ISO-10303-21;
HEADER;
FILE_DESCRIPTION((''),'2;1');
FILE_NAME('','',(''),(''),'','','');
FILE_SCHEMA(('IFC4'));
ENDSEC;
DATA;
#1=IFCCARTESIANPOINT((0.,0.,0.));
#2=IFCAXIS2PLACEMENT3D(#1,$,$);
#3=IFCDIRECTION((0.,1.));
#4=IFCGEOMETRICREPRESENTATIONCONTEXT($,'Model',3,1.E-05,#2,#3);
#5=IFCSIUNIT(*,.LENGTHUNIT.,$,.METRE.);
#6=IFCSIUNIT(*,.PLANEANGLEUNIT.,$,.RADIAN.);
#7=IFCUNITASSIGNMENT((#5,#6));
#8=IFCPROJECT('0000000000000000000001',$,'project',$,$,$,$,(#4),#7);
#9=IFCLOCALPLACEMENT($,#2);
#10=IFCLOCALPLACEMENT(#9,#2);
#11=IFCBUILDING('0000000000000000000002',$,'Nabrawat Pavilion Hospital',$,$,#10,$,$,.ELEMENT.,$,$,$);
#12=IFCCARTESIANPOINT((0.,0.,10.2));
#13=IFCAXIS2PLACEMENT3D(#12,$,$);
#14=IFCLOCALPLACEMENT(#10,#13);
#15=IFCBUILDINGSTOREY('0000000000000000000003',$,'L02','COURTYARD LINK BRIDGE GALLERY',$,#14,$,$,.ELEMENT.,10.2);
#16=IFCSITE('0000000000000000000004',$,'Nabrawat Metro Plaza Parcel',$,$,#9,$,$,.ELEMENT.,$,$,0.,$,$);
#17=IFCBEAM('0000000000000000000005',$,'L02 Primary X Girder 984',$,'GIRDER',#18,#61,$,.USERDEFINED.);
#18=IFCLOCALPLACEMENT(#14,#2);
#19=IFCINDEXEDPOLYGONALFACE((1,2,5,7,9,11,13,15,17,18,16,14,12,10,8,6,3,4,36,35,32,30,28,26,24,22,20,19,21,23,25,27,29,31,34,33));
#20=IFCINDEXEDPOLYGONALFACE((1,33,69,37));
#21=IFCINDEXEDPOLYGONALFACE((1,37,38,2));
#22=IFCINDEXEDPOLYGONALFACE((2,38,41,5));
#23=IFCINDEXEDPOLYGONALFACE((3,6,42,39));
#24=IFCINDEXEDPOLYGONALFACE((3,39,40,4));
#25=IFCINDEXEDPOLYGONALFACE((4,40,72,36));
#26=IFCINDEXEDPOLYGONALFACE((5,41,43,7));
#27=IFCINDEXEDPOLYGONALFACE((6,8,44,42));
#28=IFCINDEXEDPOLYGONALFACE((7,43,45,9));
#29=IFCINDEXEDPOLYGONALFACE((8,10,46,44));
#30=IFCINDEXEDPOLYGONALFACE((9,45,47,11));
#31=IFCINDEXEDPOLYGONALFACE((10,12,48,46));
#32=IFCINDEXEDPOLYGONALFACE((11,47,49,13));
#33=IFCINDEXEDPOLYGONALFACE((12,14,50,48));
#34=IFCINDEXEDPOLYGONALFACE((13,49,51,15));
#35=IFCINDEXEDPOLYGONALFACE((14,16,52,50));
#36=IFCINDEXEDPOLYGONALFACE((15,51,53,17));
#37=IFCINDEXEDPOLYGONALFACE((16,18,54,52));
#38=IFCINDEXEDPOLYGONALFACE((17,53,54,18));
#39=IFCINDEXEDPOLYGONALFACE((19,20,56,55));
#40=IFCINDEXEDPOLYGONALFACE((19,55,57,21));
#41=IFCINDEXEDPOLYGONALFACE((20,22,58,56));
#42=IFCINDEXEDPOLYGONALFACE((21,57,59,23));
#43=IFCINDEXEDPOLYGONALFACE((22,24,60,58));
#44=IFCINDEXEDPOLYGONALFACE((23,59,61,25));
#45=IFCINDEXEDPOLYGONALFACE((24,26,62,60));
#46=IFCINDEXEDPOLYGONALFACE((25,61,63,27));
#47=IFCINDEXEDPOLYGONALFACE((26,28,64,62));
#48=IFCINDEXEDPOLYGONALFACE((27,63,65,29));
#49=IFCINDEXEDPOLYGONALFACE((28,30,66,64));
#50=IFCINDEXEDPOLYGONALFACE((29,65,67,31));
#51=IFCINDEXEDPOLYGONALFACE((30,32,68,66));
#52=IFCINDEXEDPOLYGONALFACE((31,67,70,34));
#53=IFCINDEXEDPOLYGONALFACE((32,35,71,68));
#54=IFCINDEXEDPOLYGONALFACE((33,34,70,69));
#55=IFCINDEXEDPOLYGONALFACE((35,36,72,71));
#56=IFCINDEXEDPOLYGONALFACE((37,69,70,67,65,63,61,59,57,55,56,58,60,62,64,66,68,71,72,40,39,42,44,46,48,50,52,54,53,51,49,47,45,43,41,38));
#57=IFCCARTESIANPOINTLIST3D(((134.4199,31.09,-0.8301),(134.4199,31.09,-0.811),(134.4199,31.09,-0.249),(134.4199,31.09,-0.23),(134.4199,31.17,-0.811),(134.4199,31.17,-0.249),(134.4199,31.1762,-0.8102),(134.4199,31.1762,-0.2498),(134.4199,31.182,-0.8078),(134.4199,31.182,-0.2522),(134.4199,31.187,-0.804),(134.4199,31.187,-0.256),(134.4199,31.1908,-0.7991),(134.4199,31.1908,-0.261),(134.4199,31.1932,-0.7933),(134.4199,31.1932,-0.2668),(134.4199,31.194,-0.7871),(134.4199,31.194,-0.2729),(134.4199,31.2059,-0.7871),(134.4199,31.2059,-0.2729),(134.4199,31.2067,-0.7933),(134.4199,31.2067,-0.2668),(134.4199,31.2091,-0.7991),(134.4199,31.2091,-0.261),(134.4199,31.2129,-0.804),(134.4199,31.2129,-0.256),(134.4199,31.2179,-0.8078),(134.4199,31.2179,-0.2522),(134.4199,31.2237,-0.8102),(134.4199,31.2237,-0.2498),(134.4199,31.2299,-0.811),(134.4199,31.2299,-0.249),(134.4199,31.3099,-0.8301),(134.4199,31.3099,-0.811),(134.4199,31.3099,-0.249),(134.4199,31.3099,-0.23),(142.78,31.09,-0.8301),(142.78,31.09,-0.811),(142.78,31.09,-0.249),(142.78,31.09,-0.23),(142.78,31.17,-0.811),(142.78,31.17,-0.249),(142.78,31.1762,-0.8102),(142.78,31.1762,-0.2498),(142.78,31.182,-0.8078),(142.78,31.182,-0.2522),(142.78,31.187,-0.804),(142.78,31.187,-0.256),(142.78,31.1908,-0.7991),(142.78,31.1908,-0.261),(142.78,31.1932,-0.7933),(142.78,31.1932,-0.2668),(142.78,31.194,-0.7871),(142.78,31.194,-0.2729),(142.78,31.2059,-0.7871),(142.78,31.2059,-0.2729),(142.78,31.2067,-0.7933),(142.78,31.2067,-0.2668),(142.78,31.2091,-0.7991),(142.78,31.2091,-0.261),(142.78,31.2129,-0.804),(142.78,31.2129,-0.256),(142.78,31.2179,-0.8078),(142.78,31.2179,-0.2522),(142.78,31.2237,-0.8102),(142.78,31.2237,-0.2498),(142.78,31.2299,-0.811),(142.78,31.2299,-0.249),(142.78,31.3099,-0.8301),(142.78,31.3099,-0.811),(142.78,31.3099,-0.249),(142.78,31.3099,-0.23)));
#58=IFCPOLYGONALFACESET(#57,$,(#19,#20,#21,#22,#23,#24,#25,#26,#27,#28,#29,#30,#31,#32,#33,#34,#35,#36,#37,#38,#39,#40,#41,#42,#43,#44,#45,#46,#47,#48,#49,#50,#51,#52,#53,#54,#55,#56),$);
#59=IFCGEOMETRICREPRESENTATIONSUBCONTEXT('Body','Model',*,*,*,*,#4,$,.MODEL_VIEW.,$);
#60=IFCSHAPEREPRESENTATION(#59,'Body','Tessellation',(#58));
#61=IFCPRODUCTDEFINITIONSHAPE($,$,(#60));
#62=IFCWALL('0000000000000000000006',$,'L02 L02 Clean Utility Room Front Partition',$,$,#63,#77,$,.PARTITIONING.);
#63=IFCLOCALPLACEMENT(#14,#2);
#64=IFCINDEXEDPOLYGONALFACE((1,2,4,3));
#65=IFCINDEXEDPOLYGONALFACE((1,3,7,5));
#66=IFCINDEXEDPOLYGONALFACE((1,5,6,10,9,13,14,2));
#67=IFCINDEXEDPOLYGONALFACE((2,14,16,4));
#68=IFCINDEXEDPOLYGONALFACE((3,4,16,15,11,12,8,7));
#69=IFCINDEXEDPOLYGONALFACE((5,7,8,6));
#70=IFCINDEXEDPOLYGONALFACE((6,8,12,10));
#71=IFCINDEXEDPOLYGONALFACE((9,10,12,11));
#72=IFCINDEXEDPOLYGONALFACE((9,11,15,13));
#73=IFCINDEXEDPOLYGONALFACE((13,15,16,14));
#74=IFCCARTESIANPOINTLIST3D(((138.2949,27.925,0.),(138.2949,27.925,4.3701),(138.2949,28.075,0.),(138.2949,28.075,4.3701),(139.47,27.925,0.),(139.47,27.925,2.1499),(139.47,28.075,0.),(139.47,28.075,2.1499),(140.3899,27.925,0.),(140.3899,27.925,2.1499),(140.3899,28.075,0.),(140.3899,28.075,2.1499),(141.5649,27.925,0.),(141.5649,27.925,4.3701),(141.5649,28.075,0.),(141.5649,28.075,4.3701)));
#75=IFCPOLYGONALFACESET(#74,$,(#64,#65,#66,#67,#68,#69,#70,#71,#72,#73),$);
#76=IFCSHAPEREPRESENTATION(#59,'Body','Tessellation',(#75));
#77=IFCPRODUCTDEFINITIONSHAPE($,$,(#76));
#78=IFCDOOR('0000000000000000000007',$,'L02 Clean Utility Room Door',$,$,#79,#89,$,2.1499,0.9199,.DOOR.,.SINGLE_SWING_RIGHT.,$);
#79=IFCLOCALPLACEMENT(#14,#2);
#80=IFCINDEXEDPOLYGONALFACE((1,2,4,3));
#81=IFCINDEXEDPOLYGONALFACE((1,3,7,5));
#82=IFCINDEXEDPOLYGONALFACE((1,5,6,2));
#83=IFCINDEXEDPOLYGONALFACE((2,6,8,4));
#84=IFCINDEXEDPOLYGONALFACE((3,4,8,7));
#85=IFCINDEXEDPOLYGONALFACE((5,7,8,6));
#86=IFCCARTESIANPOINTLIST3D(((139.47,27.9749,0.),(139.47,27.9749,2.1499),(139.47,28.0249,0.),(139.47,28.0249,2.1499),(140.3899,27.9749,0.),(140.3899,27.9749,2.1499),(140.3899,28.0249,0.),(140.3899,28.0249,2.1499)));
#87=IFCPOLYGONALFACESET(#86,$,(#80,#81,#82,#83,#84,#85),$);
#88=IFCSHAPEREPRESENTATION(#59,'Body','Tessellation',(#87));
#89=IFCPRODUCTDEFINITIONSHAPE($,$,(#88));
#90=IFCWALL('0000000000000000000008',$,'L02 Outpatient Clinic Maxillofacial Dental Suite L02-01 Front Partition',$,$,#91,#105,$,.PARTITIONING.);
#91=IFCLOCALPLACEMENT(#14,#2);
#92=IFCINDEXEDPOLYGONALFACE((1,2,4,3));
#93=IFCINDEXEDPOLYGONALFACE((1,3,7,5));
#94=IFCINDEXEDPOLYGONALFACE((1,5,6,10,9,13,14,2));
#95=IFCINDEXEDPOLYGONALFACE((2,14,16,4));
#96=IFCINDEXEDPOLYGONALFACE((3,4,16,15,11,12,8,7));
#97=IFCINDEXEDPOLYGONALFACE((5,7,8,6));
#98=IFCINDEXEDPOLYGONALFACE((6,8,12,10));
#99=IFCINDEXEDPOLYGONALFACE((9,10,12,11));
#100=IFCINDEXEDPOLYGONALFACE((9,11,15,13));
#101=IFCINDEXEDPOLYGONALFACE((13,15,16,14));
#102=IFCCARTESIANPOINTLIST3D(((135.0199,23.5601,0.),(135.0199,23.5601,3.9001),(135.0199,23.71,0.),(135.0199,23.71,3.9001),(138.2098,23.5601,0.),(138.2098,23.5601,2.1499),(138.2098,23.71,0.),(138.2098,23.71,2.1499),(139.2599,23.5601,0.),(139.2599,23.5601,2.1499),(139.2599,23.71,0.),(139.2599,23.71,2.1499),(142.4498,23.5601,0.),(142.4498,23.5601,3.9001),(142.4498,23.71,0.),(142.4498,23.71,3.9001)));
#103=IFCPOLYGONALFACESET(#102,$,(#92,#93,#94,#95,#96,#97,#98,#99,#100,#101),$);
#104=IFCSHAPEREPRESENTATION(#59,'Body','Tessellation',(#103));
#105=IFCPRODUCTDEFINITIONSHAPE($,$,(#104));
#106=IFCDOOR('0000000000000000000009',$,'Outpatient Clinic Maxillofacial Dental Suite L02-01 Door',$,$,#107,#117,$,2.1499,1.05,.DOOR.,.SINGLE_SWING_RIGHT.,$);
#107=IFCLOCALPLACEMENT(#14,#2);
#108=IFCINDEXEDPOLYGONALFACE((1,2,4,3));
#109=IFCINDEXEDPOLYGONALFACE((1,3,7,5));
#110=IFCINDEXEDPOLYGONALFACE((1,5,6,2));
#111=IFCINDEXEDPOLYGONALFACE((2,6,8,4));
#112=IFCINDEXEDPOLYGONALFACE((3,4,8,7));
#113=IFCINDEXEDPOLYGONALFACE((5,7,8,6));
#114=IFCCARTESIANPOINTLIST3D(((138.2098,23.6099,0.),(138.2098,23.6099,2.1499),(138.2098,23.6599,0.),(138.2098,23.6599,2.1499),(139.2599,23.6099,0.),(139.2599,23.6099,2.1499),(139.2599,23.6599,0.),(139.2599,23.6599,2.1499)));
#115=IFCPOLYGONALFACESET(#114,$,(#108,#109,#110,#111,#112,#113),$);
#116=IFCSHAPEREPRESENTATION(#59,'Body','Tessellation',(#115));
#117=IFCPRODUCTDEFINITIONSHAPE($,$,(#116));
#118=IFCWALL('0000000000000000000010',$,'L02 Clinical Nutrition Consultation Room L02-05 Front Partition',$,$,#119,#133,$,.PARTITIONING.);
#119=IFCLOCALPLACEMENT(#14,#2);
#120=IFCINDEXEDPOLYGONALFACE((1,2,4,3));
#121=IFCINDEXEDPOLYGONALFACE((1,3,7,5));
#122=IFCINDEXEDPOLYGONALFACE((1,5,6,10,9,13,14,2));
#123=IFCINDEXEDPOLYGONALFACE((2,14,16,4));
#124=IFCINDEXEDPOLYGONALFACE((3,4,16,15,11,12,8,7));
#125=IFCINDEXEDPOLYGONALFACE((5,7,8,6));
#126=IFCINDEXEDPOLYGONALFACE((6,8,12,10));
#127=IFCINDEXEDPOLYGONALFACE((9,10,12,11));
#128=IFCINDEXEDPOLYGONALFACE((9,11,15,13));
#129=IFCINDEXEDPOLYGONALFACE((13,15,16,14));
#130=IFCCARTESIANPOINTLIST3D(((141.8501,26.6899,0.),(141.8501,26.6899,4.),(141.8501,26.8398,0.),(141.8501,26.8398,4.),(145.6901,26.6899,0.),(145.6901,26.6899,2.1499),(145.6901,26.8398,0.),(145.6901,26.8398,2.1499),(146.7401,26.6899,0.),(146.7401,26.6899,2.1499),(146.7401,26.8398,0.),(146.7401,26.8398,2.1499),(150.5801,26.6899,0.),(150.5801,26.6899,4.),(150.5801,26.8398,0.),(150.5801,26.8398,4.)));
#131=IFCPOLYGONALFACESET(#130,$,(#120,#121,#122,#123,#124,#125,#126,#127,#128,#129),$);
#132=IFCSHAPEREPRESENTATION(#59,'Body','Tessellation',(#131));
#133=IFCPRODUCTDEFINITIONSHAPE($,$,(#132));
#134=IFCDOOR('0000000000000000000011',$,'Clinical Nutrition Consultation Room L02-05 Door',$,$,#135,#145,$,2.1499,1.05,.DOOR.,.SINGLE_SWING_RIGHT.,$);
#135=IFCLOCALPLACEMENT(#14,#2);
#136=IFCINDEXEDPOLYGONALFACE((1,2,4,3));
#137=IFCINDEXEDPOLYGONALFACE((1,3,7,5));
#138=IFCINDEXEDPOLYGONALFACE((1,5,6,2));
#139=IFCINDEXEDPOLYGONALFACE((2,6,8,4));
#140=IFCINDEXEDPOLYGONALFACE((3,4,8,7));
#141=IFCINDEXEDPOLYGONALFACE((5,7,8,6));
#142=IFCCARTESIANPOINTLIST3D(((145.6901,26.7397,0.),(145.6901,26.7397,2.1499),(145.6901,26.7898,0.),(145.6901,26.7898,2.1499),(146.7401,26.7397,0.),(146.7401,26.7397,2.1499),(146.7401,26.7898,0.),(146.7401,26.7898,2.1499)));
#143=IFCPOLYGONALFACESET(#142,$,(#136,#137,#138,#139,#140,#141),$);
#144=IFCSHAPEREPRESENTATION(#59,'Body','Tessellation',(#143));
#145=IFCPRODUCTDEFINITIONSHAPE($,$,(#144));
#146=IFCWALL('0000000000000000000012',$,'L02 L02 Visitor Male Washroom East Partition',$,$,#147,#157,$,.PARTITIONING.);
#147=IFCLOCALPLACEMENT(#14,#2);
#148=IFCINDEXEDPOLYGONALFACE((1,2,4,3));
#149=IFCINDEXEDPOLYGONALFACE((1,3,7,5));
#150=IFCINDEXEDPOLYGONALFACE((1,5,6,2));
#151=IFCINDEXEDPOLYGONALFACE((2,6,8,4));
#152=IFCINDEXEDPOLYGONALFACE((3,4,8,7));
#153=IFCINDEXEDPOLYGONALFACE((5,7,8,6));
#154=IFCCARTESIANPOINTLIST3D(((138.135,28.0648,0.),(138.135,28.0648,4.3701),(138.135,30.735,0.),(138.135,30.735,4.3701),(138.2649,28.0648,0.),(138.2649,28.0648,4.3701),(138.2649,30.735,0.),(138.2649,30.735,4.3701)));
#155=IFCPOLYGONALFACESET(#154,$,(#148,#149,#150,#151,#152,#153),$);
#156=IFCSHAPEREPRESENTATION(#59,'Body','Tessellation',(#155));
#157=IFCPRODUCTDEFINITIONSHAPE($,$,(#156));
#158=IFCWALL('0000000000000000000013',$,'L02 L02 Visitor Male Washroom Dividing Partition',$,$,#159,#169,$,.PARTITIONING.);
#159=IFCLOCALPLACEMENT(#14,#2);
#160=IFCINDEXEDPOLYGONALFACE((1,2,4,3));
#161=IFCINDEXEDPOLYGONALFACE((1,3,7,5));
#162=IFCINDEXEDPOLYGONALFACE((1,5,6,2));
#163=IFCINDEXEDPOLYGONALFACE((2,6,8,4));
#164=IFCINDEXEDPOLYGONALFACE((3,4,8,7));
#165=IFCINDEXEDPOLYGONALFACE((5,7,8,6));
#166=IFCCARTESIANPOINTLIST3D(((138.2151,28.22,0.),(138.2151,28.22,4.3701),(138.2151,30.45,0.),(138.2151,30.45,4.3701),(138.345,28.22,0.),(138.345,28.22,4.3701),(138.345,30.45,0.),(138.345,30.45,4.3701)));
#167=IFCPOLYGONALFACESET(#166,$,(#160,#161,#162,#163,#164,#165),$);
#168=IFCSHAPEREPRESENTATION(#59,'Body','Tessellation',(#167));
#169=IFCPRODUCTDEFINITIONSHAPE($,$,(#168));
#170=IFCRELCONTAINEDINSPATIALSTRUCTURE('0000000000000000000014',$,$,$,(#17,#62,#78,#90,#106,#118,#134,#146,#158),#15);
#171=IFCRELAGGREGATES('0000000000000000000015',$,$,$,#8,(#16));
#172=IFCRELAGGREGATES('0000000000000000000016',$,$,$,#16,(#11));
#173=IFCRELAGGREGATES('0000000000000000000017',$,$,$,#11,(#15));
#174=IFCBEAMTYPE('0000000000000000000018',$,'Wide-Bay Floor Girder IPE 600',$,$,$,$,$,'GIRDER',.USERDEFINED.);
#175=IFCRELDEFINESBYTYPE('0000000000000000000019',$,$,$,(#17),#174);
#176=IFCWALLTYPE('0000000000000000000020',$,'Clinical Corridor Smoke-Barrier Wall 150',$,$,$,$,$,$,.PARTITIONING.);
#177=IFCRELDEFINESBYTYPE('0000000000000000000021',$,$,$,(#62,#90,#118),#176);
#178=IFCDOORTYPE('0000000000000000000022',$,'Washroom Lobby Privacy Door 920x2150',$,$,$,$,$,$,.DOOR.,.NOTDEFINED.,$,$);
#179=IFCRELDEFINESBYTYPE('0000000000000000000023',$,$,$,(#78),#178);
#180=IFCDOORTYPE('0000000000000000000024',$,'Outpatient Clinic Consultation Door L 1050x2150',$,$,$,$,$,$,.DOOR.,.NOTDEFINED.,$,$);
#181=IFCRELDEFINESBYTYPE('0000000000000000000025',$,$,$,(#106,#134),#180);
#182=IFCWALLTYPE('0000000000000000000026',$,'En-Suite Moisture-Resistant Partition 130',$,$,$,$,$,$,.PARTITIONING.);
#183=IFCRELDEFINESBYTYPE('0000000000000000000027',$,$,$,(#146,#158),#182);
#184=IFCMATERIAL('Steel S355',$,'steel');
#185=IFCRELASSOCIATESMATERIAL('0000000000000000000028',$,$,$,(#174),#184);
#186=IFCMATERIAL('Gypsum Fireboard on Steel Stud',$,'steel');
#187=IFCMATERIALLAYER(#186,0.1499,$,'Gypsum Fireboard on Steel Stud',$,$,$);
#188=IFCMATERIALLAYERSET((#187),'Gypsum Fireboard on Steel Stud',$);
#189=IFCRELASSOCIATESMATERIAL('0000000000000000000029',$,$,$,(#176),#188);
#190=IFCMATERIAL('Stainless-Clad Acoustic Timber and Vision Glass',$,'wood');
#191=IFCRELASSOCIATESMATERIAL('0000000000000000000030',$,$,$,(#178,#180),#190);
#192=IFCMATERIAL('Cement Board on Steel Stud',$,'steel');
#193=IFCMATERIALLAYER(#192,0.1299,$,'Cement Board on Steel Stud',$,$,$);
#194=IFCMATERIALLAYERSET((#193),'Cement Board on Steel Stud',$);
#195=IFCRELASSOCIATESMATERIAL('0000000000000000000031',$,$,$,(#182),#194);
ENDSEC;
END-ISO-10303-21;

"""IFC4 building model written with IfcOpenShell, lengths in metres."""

from ifc_helpers import new_model, si_unit, direction, frame, frame_2d, origin, origin_2d, place, context, subcontext, project, spatial, rectangle, i_section, extrude, material, layer, layer_set, material_profile, profile_set, type_object, element, fill, save


model = new_model("IFC4")

# Units and contexts
model_context = context("Model", 3, precision=1e-05, world=origin(), true_north=direction((0.0, 1.0)))
body_context = subcontext(model_context, "Body", "Model", "MODEL_VIEW")
ifc_project = project(units=[si_unit("LENGTHUNIT", "METRE"), si_unit("PLANEANGLEUNIT", "RADIAN")], contexts=[model_context])

# Site, building, storey
site_placement = place(None, origin())
site = spatial("IfcSite", under=ifc_project, at=site_placement, Name="Nabrawat Metro Plaza Parcel", CompositionType="ELEMENT", RefElevation=0.0)
building_placement = place(site_placement, origin())
building = spatial("IfcBuilding", under=site, at=building_placement, Name="Nabrawat Pavilion Hospital", CompositionType="ELEMENT")
storey_placement = place(building_placement, frame((0.0, 0.0, 10.2)))
storey = spatial("IfcBuildingStorey", under=building, at=storey_placement, Name="L02", Description="COURTYARD LINK BRIDGE GALLERY", CompositionType="ELEMENT", Elevation=10.2)

# Shared definitions
ifc_material_1 = material(Name="Steel S355", Category="steel")

# Beam
ifc_material_profile_1 = material_profile(ifc_material_1, i_section(OverallWidth=0.22, OverallDepth=0.6001, WebThickness=0.012, FlangeThickness=0.019, FilletRadius=0.0239, at=origin_2d()), Name="IPE 600")
ifc_profile_set_1 = profile_set([ifc_material_profile_1], Name="Steel S355")
beam_type_1 = type_object("IfcBeamType", Name="Wide-Bay Floor Girder IPE 600", ElementType="GIRDER", PredefinedType="USERDEFINED", material=ifc_profile_set_1)
beam_1_placement = place(storey_placement, frame((134.4199, 31.2, -0.53), z_axis=(1.0, 0.0, 0.0), x_axis=(0.0, 1.0, 0.0)))
element("IfcBeam", 1, at=beam_1_placement, inside=storey, type_object=beam_type_1, Name="L02 Primary X Girder 984", ObjectType="GIRDER", PredefinedType="USERDEFINED", context=body_context, shape_type="SweptSolid", body=[
    extrude(i_section(OverallWidth=0.22, OverallDepth=0.6001, WebThickness=0.012, FlangeThickness=0.019, FilletRadius=0.0239, at=origin_2d()), origin(), (0.0, 0.0, 1.0), 8.3601),
])

# Walls, openings, doors
ifc_material_2 = material(Name="Gypsum Fireboard on Steel Stud", Category="steel")
ifc_layer_1 = layer(ifc_material_2, 0.1499, Name="Gypsum Fireboard on Steel Stud")
ifc_layer_set_1 = layer_set([ifc_layer_1], Name="Gypsum Fireboard on Steel Stud")
wall_type_1 = type_object("IfcWallType", Name="Clinical Corridor Smoke-Barrier Wall 150", PredefinedType="PARTITIONING", material=ifc_layer_set_1)
wall_1_placement = place(storey_placement, frame((138.2949, 28.0, 0.0), z_axis=(0.0, 0.0, 1.0), x_axis=(1.0, 0.0, 0.0)))
wall_1 = element("IfcWall", 2, at=wall_1_placement, inside=storey, type_object=wall_type_1, Name="L02 L02 Clean Utility Room Front Partition", PredefinedType="PARTITIONING", context=body_context, shape_type="SweptSolid", body=[
    extrude(rectangle(XDim=3.27, YDim=0.1499, at=frame_2d((1.635, 0.0))), origin(), (0.0, 0.0, 1.0), 4.3701),
])
opening_1_placement = place(wall_1_placement, frame((1.175, 0.0, 0.0)))
opening_1 = element("IfcOpeningElement", 3, at=opening_1_placement, cuts=wall_1, PredefinedType="OPENING", context=body_context, shape_type="SweptSolid", body=[
    extrude(rectangle(XDim=0.9199, YDim=2.1499, at=frame_2d((0.46, 1.075))), frame((0.0, 0.085, 0.0), z_axis=(0.0, -1.0, 0.0), x_axis=(1.0, 0.0, 0.0)), (0.0, 0.0, 1.0), 0.1699),
])
ifc_material_3 = material(Name="Stainless-Clad Acoustic Timber and Vision Glass", Category="wood")
door_type_1 = type_object("IfcDoorType", Name="Washroom Lobby Privacy Door 920x2150", OperationType="NOTDEFINED", PredefinedType="DOOR", material=ifc_material_3)
door_1_placement = place(opening_1_placement, origin())
door_1 = element("IfcDoor", 4, at=door_1_placement, inside=storey, type_object=door_type_1, Name="L02 Clean Utility Room Door", OperationType="SINGLE_SWING_RIGHT", OverallHeight=2.1499, OverallWidth=0.9199, PredefinedType="DOOR", context=body_context, shape_type="SweptSolid", body=[
    extrude(rectangle(XDim=0.9199, YDim=2.1499, at=frame_2d((0.46, 1.075))), frame((0.0, 0.0249, 0.0), z_axis=(0.0, -1.0, 0.0), x_axis=(1.0, 0.0, 0.0)), (0.0, 0.0, 1.0), 0.05),
])
fill(opening_1, door_1)
wall_2_placement = place(storey_placement, frame((135.02, 23.635, 0.0), z_axis=(0.0, 0.0, 1.0), x_axis=(1.0, 0.0, 0.0)))
wall_2 = element("IfcWall", 5, at=wall_2_placement, inside=storey, type_object=wall_type_1, Name="L02 Outpatient Clinic Maxillofacial Dental Suite L02-01 Front Partition", PredefinedType="PARTITIONING", context=body_context, shape_type="SweptSolid", body=[
    extrude(rectangle(XDim=7.4299, YDim=0.1499, at=frame_2d((3.7148, 0.0))), origin(), (0.0, 0.0, 1.0), 3.9001),
])
opening_2_placement = place(wall_2_placement, frame((3.1899, 0.0, 0.0)))
opening_2 = element("IfcOpeningElement", 6, at=opening_2_placement, cuts=wall_2, PredefinedType="OPENING", context=body_context, shape_type="SweptSolid", body=[
    extrude(rectangle(XDim=1.05, YDim=2.1499, at=frame_2d((0.5249, 1.075))), frame((0.0, 0.085, 0.0), z_axis=(0.0, -1.0, 0.0), x_axis=(1.0, 0.0, 0.0)), (0.0, 0.0, 1.0), 0.1699),
])
door_type_2 = type_object("IfcDoorType", Name="Outpatient Clinic Consultation Door L 1050x2150", OperationType="NOTDEFINED", PredefinedType="DOOR", material=ifc_material_3)
door_2_placement = place(opening_2_placement, origin())
door_2 = element("IfcDoor", 7, at=door_2_placement, inside=storey, type_object=door_type_2, Name="Outpatient Clinic Maxillofacial Dental Suite L02-01 Door", OperationType="SINGLE_SWING_RIGHT", OverallHeight=2.1499, OverallWidth=1.05, PredefinedType="DOOR", context=body_context, shape_type="SweptSolid", body=[
    extrude(rectangle(XDim=1.05, YDim=2.1499, at=frame_2d((0.5249, 1.075))), frame((0.0, 0.0249, 0.0), z_axis=(0.0, -1.0, 0.0), x_axis=(1.0, 0.0, 0.0)), (0.0, 0.0, 1.0), 0.05),
])
fill(opening_2, door_2)
wall_3_placement = place(storey_placement, frame((141.8501, 26.7649, 0.0), z_axis=(0.0, 0.0, 1.0), x_axis=(1.0, 0.0, 0.0)))
wall_3 = element("IfcWall", 8, at=wall_3_placement, inside=storey, type_object=wall_type_1, Name="L02 Clinical Nutrition Consultation Room L02-05 Front Partition", PredefinedType="PARTITIONING", context=body_context, shape_type="SweptSolid", body=[
    extrude(rectangle(XDim=8.73, YDim=0.1499, at=frame_2d((4.365, 0.0))), origin(), (0.0, 0.0, 1.0), 4.0),
])
opening_3_placement = place(wall_3_placement, frame((3.8401, 0.0, 0.0)))
opening_3 = element("IfcOpeningElement", 9, at=opening_3_placement, cuts=wall_3, PredefinedType="OPENING", context=body_context, shape_type="SweptSolid", body=[
    extrude(rectangle(XDim=1.05, YDim=2.1499, at=frame_2d((0.5249, 1.075))), frame((0.0, 0.085, 0.0), z_axis=(0.0, -1.0, 0.0), x_axis=(1.0, 0.0, 0.0)), (0.0, 0.0, 1.0), 0.1699),
])
door_3_placement = place(opening_3_placement, origin())
door_3 = element("IfcDoor", 10, at=door_3_placement, inside=storey, type_object=door_type_2, Name="Clinical Nutrition Consultation Room L02-05 Door", OperationType="SINGLE_SWING_RIGHT", OverallHeight=2.1499, OverallWidth=1.05, PredefinedType="DOOR", context=body_context, shape_type="SweptSolid", body=[
    extrude(rectangle(XDim=1.05, YDim=2.1499, at=frame_2d((0.5249, 1.075))), frame((0.0, 0.0249, 0.0), z_axis=(0.0, -1.0, 0.0), x_axis=(1.0, 0.0, 0.0)), (0.0, 0.0, 1.0), 0.05),
])
fill(opening_3, door_3)

# Walls
ifc_material_4 = material(Name="Cement Board on Steel Stud", Category="steel")
ifc_layer_2 = layer(ifc_material_4, 0.1299, Name="Cement Board on Steel Stud")
ifc_layer_set_2 = layer_set([ifc_layer_2], Name="Cement Board on Steel Stud")
wall_type_2 = type_object("IfcWallType", Name="En-Suite Moisture-Resistant Partition 130", PredefinedType="PARTITIONING", material=ifc_layer_set_2)
wall_4_placement = place(storey_placement, frame((138.2, 28.0649, 0.0), z_axis=(0.0, 0.0, 1.0), x_axis=(0.0, 1.0, 0.0)))
element("IfcWall", 11, at=wall_4_placement, inside=storey, type_object=wall_type_2, Name="L02 L02 Visitor Male Washroom East Partition", PredefinedType="PARTITIONING", context=body_context, shape_type="SweptSolid", body=[
    extrude(rectangle(XDim=2.6702, YDim=0.1299, at=frame_2d((1.335, 0.0))), origin(), (0.0, 0.0, 1.0), 4.3701),
])
wall_5_placement = place(storey_placement, frame((138.28, 28.22, 0.0), z_axis=(0.0, 0.0, 1.0), x_axis=(0.0, 1.0, 0.0)))
element("IfcWall", 12, at=wall_5_placement, inside=storey, type_object=wall_type_2, Name="L02 L02 Visitor Male Washroom Dividing Partition", PredefinedType="PARTITIONING", context=body_context, shape_type="SweptSolid", body=[
    extrude(rectangle(XDim=2.23, YDim=0.1299, at=frame_2d((1.115, 0.0))), origin(), (0.0, 0.0, 1.0), 4.3701),
])

save(model, "model.ifc")
